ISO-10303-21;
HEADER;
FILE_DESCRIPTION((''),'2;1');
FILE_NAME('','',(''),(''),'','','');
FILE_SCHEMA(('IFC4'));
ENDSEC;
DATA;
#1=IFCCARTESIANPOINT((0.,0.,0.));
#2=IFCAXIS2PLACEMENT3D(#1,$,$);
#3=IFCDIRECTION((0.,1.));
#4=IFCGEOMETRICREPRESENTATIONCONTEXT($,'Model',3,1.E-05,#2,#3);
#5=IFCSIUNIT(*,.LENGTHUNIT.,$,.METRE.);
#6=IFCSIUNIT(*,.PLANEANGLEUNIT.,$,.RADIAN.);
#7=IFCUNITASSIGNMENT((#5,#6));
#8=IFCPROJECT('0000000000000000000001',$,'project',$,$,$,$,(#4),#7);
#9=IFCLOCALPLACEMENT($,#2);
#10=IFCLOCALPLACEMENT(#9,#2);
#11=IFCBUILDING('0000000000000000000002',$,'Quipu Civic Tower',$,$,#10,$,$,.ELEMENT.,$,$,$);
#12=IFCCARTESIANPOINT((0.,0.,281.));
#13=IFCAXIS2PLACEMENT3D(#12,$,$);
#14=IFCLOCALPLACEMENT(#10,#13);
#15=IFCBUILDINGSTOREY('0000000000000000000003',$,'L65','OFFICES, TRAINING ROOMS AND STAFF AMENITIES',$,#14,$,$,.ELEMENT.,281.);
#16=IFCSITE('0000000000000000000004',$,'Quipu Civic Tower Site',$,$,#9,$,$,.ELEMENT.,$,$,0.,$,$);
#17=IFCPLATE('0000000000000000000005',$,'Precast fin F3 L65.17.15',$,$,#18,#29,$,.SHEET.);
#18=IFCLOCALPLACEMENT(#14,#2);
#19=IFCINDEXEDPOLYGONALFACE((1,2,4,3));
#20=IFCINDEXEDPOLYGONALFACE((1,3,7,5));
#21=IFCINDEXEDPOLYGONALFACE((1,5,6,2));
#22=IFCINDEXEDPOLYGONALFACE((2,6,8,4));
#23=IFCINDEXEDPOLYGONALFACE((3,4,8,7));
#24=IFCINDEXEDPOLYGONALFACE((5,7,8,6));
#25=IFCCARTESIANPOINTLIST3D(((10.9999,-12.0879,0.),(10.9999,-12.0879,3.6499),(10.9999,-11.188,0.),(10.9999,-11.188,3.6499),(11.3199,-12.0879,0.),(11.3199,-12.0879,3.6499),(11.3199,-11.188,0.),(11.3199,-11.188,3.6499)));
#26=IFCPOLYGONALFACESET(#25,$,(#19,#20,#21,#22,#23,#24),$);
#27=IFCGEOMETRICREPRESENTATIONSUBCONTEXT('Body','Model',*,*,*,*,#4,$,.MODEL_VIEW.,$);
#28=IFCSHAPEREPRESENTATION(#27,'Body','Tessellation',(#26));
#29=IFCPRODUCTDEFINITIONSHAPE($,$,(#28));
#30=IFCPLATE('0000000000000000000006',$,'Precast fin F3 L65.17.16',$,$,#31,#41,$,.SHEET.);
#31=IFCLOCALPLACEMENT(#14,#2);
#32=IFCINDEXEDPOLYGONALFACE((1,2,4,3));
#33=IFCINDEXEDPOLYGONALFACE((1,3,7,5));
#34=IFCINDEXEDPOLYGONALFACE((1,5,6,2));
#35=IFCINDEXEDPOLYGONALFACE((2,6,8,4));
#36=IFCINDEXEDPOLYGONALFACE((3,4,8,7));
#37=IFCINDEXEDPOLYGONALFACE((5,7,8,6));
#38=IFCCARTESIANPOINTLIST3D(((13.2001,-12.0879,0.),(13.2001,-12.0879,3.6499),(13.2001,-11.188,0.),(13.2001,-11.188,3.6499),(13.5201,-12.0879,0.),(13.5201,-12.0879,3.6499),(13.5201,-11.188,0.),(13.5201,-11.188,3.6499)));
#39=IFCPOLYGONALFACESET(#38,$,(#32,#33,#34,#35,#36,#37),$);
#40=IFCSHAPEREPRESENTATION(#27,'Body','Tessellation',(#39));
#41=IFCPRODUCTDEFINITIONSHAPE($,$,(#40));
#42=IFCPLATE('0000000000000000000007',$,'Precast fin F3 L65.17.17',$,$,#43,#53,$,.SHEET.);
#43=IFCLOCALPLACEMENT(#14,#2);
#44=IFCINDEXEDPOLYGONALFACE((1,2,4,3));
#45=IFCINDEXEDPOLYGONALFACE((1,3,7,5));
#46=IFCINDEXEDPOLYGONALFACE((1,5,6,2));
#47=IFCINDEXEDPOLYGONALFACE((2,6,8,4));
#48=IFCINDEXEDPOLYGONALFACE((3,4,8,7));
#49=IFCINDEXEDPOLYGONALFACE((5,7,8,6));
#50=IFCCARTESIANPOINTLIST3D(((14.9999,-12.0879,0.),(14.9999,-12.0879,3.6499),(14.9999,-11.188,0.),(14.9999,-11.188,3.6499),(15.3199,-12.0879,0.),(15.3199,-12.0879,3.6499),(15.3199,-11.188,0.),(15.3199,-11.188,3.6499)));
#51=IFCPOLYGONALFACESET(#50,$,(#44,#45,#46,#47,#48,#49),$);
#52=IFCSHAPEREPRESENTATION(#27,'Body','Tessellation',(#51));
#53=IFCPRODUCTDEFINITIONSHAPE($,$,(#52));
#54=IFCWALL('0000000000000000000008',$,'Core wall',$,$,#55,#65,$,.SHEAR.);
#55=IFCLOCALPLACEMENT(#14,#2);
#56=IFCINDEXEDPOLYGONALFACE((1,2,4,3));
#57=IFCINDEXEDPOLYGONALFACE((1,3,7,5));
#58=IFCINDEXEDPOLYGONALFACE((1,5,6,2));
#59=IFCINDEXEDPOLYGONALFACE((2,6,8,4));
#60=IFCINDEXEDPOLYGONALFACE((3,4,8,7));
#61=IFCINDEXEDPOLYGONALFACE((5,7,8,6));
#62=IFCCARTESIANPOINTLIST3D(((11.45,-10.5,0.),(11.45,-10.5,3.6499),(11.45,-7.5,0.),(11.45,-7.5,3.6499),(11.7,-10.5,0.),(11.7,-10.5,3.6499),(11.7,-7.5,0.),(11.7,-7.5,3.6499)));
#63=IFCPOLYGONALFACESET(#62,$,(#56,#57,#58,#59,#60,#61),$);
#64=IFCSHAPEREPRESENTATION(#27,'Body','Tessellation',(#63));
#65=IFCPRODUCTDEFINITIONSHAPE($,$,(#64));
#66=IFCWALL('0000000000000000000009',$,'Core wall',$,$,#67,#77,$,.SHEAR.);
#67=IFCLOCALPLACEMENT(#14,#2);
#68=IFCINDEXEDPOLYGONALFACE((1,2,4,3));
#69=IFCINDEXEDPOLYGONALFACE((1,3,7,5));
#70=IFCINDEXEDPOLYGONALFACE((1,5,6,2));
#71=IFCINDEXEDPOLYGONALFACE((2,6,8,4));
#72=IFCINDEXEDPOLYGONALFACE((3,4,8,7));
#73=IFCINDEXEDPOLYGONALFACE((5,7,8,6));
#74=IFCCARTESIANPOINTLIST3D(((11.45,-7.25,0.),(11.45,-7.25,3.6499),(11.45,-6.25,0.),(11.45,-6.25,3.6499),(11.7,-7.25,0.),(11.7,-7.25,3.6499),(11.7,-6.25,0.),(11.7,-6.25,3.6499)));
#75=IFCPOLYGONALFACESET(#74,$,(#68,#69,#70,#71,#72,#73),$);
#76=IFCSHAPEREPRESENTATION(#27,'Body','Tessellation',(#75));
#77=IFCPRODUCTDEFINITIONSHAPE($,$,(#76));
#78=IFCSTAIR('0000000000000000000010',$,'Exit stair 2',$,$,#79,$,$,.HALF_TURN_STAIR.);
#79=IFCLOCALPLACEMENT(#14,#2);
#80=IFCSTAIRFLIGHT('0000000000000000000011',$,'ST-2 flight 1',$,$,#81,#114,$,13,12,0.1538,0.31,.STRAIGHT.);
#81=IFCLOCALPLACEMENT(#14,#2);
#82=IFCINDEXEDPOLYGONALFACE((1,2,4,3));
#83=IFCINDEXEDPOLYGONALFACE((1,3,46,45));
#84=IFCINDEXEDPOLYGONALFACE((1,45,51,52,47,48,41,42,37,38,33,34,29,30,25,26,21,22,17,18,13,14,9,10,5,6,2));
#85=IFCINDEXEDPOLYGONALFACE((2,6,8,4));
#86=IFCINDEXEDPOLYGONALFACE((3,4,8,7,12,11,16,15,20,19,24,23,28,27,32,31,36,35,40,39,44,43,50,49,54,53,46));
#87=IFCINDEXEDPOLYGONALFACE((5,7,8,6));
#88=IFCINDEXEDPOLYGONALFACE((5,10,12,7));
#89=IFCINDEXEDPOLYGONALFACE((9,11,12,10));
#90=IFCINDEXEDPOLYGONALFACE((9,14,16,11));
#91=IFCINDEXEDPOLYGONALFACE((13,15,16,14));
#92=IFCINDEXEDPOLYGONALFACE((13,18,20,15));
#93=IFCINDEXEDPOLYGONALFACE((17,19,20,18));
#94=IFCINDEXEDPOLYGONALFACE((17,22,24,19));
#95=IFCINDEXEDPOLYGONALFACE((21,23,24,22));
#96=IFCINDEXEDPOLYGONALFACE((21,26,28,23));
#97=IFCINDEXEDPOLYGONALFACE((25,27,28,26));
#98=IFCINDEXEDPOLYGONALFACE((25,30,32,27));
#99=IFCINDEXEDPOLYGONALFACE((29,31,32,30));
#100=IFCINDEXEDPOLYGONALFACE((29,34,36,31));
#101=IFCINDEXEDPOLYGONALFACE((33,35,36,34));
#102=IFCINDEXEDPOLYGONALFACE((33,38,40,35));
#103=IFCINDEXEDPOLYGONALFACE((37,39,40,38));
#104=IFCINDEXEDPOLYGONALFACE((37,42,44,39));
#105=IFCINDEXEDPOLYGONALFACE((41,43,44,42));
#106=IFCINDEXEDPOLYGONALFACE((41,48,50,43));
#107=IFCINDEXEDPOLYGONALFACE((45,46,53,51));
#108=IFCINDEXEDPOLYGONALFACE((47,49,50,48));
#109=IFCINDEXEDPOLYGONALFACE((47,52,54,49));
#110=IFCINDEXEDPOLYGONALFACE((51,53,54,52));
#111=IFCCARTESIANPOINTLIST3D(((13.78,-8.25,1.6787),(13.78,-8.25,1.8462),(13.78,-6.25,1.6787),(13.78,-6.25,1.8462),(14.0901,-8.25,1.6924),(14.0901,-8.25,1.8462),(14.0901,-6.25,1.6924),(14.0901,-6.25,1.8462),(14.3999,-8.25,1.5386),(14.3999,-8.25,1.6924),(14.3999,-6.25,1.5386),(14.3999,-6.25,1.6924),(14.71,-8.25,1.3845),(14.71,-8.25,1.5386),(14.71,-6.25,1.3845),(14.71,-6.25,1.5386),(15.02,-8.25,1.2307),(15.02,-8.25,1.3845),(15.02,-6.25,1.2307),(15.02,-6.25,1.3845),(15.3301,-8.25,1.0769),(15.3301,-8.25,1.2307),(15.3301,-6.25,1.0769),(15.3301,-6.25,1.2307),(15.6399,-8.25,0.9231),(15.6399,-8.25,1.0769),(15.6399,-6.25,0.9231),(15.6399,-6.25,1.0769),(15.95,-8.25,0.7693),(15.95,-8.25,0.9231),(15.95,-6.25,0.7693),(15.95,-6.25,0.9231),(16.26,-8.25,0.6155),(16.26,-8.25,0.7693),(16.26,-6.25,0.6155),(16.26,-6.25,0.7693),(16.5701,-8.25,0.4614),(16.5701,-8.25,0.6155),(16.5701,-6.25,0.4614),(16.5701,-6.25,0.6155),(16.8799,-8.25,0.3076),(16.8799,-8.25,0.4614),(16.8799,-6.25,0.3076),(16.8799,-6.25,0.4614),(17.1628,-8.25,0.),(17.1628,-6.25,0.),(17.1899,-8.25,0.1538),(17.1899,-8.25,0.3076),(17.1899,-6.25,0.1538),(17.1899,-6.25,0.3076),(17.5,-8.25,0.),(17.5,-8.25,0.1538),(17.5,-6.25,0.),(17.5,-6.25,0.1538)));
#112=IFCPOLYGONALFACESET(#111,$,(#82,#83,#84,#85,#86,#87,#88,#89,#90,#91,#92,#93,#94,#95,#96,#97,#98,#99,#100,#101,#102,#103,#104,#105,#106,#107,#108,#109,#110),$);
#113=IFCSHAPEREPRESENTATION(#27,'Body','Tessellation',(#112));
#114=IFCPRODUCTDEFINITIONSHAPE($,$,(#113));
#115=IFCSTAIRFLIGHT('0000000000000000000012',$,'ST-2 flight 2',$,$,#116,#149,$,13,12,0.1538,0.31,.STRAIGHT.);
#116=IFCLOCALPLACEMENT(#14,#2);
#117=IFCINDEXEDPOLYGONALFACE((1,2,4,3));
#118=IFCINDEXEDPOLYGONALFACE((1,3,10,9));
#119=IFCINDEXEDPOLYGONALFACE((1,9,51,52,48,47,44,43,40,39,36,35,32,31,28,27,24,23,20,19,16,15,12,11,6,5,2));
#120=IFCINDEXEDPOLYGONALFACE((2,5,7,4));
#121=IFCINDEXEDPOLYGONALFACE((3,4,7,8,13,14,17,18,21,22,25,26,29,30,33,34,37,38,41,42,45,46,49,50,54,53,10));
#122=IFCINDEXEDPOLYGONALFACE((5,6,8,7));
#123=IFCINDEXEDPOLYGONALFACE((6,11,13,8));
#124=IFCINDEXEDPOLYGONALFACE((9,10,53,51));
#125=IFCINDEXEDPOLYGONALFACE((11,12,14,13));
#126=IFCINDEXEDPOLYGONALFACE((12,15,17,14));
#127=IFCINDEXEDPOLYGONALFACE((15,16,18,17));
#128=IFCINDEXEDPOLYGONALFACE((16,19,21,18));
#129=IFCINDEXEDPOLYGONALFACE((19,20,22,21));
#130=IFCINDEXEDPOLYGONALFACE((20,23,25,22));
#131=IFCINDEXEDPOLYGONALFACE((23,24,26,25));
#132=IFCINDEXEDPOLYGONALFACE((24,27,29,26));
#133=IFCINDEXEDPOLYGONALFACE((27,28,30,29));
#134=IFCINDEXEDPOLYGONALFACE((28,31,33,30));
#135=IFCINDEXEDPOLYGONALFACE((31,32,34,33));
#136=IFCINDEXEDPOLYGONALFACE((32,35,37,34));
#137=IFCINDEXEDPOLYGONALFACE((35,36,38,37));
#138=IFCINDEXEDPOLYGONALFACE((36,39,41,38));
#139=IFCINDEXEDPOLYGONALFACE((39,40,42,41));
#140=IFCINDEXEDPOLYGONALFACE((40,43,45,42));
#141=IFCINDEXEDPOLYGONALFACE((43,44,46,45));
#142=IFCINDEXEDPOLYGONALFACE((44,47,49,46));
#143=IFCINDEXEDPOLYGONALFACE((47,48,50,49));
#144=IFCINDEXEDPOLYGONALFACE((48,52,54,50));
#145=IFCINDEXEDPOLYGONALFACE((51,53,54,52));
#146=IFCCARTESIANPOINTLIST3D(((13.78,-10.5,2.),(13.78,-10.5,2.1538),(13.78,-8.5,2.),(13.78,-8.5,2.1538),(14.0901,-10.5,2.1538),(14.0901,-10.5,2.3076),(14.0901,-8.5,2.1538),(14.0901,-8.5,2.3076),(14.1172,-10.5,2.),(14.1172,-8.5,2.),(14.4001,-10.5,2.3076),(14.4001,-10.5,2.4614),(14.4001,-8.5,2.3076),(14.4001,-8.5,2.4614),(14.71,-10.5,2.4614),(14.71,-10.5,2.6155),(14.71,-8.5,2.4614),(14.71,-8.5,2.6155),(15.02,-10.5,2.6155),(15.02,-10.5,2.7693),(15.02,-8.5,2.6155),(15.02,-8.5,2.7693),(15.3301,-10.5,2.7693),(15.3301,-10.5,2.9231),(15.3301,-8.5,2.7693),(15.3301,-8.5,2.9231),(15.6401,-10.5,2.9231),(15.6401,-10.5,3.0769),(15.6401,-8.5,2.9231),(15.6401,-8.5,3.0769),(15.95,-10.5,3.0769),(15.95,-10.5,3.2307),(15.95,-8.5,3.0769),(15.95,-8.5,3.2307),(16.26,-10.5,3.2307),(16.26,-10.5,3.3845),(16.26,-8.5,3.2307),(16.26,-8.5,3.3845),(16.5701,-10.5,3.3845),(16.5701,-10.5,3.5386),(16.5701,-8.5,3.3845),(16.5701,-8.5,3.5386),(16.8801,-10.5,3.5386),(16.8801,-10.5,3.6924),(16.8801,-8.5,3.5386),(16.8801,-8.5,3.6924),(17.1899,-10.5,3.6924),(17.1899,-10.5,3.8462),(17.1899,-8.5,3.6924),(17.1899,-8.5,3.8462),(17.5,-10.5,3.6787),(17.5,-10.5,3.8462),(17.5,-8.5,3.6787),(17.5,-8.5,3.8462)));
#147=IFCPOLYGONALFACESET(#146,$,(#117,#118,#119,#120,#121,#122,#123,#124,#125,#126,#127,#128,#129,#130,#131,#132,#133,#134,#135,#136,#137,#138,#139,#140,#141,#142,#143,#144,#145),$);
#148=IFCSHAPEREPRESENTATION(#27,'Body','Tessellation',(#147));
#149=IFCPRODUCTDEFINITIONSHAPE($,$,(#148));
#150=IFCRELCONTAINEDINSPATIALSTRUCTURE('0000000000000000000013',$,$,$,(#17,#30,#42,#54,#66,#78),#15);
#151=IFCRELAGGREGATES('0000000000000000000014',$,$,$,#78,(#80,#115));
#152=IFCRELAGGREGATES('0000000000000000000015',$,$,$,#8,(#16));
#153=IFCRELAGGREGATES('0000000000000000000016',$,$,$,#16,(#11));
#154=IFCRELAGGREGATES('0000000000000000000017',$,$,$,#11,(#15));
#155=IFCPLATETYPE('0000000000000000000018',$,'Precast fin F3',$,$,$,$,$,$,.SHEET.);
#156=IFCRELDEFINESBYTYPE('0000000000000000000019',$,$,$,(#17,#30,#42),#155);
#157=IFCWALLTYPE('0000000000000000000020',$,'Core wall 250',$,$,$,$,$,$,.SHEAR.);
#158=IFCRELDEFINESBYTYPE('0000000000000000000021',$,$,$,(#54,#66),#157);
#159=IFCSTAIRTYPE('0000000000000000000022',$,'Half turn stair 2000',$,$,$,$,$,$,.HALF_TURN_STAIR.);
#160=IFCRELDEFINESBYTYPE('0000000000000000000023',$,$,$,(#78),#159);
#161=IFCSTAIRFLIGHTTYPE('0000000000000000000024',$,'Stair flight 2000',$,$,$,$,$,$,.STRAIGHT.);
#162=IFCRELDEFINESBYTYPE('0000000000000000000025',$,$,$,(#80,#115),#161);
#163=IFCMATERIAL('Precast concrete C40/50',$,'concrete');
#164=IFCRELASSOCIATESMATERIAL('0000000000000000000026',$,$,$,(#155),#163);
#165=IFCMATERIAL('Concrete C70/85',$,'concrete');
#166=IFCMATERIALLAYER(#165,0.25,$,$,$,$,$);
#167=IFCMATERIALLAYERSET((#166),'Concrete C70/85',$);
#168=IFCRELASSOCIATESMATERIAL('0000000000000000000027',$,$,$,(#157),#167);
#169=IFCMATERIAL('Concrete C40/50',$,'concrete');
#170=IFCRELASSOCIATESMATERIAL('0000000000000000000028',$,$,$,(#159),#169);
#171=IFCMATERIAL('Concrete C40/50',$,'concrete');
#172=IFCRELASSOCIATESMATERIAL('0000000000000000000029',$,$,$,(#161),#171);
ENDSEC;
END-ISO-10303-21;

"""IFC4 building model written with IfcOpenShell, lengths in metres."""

from ifc_helpers import new_model, si_unit, direction, frame, frame_2d, origin, origin_2d, place, context, subcontext, project, spatial, polyline, rectangle, outline, extrude, material, layer, layer_set, type_object, element, aggregate, save


model = new_model("IFC4")

# Units and contexts
model_context = context("Model", 3, precision=1e-05, world=origin(), true_north=direction((0.0, 1.0)))
body_context = subcontext(model_context, "Body", "Model", "MODEL_VIEW")
ifc_project = project(units=[si_unit("LENGTHUNIT", "METRE"), si_unit("PLANEANGLEUNIT", "RADIAN")], contexts=[model_context])

# Site, building, storey
site_placement = place(None, origin())
site = spatial("IfcSite", under=ifc_project, at=site_placement, Name="Quipu Civic Tower Site", CompositionType="ELEMENT", RefElevation=0.0)
building_placement = place(site_placement, origin())
building = spatial("IfcBuilding", under=site, at=building_placement, Name="Quipu Civic Tower", CompositionType="ELEMENT")
storey_placement = place(building_placement, frame((0.0, 0.0, 281.0)))
storey = spatial("IfcBuildingStorey", under=building, at=storey_placement, Name="L65", Description="OFFICES, TRAINING ROOMS AND STAFF AMENITIES", CompositionType="ELEMENT", Elevation=281.0)

# Plates
ifc_material_1 = material(Name="Precast concrete C40/50", Category="concrete")
plate_type = type_object("IfcPlateType", Name="Precast fin F3", PredefinedType="SHEET", material=ifc_material_1)
for number, where, z_axis, x_axis, name in (
    (1, (11.1599, -11.6379, 0.0), (0.0, 0.0, 1.0), (1.0, 0.0, 0.0), "Precast fin F3 L65.17.15"),
    (2, (13.3601, -11.6379, 0.0), (0.0, 0.0, 1.0), (1.0, 0.0, 0.0), "Precast fin F3 L65.17.16"),
    (3, (15.1599, -11.6379, 0.0), (0.0, 0.0, 1.0), (1.0, 0.0, 0.0), "Precast fin F3 L65.17.17"),
):
    element("IfcPlate", number, at=place(storey_placement, frame(where, z_axis=z_axis, x_axis=x_axis)), inside=storey, type_object=plate_type, Name=name, PredefinedType="SHEET", context=body_context, shape_type="SweptSolid", body=[
        extrude(rectangle(XDim=0.3201, YDim=0.8999, at=origin_2d()), origin(), (0.0, 0.0, 1.0), 3.6499),
    ])

# Wall
ifc_material_2 = material(Name="Concrete C70/85", Category="concrete")
ifc_layer = layer(ifc_material_2, 0.25)
ifc_layer_set = layer_set([ifc_layer], Name="Concrete C70/85")
wall_type = type_object("IfcWallType", Name="Core wall 250", PredefinedType="SHEAR", material=ifc_layer_set)
wall_1_placement = place(storey_placement, frame((11.575, -10.5, 0.0), z_axis=(0.0, 0.0, 1.0), x_axis=(0.0, 1.0, 0.0)))
element("IfcWall", 4, at=wall_1_placement, inside=storey, type_object=wall_type, Name="Core wall", PredefinedType="SHEAR", context=body_context, shape_type="SweptSolid", body=[
    extrude(rectangle(XDim=3.0, YDim=0.25, at=frame_2d((1.5, 0.0))), origin(), (0.0, 0.0, 1.0), 3.6499),
])

# Wall
wall_2_placement = place(storey_placement, frame((11.575, -7.25, 0.0), z_axis=(0.0, 0.0, 1.0), x_axis=(0.0, 1.0, 0.0)))
element("IfcWall", 5, at=wall_2_placement, inside=storey, type_object=wall_type, Name="Core wall", PredefinedType="SHEAR", context=body_context, shape_type="SweptSolid", body=[
    extrude(rectangle(XDim=1.0, YDim=0.25, at=frame_2d((0.5, 0.0))), origin(), (0.0, 0.0, 1.0), 3.6499),
])

# Stair, stair flights
ifc_material_3 = material(Name="Concrete C40/50", Category="concrete")
stair_type = type_object("IfcStairType", Name="Half turn stair 2000", PredefinedType="HALF_TURN_STAIR", material=ifc_material_3)
stair_placement = place(storey_placement, origin())
stair = element("IfcStair", 6, at=stair_placement, inside=storey, type_object=stair_type, Name="Exit stair 2", PredefinedType="HALF_TURN_STAIR")
ifc_material_4 = material(Name="Concrete C40/50", Category="concrete")
stair_flight_type = type_object("IfcStairFlightType", Name="Stair flight 2000", PredefinedType="STRAIGHT", material=ifc_material_4)
stair_flight_1_placement = place(storey_placement, frame((17.5, -7.25, 0.0), z_axis=(0.0, 0.0, 1.0), x_axis=(-1.0, 0.0, 0.0)))
stair_flight_1 = element("IfcStairFlight", 7, at=stair_flight_1_placement, type_object=stair_flight_type, Name="ST-2 flight 1", NumberOfRisers=13, NumberOfTreads=12, PredefinedType="STRAIGHT", RiserHeight=0.1538, TreadLength=0.31, context=body_context, shape_type="SweptSolid", body=[
    extrude(outline(polyline([(0.0, 0.0), (0.0, 0.1538), (0.3101, 0.1538), (0.3101, 0.3076), (0.6201, 0.3076), (0.6201, 0.4614), (0.9299, 0.4614), (0.9299, 0.6155), (1.24, 0.6155), (1.24, 0.7693), (1.55, 0.7693), (1.55, 0.9231), (1.8601, 0.9231), (1.8601, 1.0769), (2.1699, 1.0769), (2.1699, 1.2307), (2.48, 1.2307), (2.48, 1.3845), (2.79, 1.3845), (2.79, 1.5386), (3.1001, 1.5386), (3.1001, 1.6924), (3.4099, 1.6924), (3.4099, 1.8462), (3.72, 1.8462), (3.72, 2.0), (3.72, 1.6787), (0.3372, 0.0), (0.0, 0.0)])), frame((0.0, 1.0, 0.0), z_axis=(0.0, -1.0, 0.0), x_axis=(1.0, 0.0, 0.0)), (0.0, 0.0, 1.0), 2.0),
])
stair_flight_2_placement = place(storey_placement, frame((13.78, -9.5, 2.0), z_axis=(0.0, 0.0, 1.0), x_axis=(1.0, 0.0, 0.0)))
stair_flight_2 = element("IfcStairFlight", 8, at=stair_flight_2_placement, type_object=stair_flight_type, Name="ST-2 flight 2", NumberOfRisers=13, NumberOfTreads=12, PredefinedType="STRAIGHT", RiserHeight=0.1538, TreadLength=0.31, context=body_context, shape_type="SweptSolid", body=[
    extrude(outline(polyline([(0.0, 0.0), (0.0, 0.1538), (0.3101, 0.1538), (0.3101, 0.3076), (0.6201, 0.3076), (0.6201, 0.4614), (0.9299, 0.4614), (0.9299, 0.6155), (1.24, 0.6155), (1.24, 0.7693), (1.55, 0.7693), (1.55, 0.9231), (1.8601, 0.9231), (1.8601, 1.0769), (2.1699, 1.0769), (2.1699, 1.2307), (2.48, 1.2307), (2.48, 1.3845), (2.79, 1.3845), (2.79, 1.5386), (3.1001, 1.5386), (3.1001, 1.6924), (3.4099, 1.6924), (3.4099, 1.8462), (3.72, 1.8462), (3.72, 2.0), (3.72, 1.6787), (0.3372, 0.0), (0.0, 0.0)])), frame((0.0, 1.0, 0.0), z_axis=(0.0, -1.0, 0.0), x_axis=(1.0, 0.0, 0.0)), (0.0, 0.0, 1.0), 2.0),
])
aggregate(stair, [stair_flight_1, stair_flight_2])

save(model, "model.ifc")
